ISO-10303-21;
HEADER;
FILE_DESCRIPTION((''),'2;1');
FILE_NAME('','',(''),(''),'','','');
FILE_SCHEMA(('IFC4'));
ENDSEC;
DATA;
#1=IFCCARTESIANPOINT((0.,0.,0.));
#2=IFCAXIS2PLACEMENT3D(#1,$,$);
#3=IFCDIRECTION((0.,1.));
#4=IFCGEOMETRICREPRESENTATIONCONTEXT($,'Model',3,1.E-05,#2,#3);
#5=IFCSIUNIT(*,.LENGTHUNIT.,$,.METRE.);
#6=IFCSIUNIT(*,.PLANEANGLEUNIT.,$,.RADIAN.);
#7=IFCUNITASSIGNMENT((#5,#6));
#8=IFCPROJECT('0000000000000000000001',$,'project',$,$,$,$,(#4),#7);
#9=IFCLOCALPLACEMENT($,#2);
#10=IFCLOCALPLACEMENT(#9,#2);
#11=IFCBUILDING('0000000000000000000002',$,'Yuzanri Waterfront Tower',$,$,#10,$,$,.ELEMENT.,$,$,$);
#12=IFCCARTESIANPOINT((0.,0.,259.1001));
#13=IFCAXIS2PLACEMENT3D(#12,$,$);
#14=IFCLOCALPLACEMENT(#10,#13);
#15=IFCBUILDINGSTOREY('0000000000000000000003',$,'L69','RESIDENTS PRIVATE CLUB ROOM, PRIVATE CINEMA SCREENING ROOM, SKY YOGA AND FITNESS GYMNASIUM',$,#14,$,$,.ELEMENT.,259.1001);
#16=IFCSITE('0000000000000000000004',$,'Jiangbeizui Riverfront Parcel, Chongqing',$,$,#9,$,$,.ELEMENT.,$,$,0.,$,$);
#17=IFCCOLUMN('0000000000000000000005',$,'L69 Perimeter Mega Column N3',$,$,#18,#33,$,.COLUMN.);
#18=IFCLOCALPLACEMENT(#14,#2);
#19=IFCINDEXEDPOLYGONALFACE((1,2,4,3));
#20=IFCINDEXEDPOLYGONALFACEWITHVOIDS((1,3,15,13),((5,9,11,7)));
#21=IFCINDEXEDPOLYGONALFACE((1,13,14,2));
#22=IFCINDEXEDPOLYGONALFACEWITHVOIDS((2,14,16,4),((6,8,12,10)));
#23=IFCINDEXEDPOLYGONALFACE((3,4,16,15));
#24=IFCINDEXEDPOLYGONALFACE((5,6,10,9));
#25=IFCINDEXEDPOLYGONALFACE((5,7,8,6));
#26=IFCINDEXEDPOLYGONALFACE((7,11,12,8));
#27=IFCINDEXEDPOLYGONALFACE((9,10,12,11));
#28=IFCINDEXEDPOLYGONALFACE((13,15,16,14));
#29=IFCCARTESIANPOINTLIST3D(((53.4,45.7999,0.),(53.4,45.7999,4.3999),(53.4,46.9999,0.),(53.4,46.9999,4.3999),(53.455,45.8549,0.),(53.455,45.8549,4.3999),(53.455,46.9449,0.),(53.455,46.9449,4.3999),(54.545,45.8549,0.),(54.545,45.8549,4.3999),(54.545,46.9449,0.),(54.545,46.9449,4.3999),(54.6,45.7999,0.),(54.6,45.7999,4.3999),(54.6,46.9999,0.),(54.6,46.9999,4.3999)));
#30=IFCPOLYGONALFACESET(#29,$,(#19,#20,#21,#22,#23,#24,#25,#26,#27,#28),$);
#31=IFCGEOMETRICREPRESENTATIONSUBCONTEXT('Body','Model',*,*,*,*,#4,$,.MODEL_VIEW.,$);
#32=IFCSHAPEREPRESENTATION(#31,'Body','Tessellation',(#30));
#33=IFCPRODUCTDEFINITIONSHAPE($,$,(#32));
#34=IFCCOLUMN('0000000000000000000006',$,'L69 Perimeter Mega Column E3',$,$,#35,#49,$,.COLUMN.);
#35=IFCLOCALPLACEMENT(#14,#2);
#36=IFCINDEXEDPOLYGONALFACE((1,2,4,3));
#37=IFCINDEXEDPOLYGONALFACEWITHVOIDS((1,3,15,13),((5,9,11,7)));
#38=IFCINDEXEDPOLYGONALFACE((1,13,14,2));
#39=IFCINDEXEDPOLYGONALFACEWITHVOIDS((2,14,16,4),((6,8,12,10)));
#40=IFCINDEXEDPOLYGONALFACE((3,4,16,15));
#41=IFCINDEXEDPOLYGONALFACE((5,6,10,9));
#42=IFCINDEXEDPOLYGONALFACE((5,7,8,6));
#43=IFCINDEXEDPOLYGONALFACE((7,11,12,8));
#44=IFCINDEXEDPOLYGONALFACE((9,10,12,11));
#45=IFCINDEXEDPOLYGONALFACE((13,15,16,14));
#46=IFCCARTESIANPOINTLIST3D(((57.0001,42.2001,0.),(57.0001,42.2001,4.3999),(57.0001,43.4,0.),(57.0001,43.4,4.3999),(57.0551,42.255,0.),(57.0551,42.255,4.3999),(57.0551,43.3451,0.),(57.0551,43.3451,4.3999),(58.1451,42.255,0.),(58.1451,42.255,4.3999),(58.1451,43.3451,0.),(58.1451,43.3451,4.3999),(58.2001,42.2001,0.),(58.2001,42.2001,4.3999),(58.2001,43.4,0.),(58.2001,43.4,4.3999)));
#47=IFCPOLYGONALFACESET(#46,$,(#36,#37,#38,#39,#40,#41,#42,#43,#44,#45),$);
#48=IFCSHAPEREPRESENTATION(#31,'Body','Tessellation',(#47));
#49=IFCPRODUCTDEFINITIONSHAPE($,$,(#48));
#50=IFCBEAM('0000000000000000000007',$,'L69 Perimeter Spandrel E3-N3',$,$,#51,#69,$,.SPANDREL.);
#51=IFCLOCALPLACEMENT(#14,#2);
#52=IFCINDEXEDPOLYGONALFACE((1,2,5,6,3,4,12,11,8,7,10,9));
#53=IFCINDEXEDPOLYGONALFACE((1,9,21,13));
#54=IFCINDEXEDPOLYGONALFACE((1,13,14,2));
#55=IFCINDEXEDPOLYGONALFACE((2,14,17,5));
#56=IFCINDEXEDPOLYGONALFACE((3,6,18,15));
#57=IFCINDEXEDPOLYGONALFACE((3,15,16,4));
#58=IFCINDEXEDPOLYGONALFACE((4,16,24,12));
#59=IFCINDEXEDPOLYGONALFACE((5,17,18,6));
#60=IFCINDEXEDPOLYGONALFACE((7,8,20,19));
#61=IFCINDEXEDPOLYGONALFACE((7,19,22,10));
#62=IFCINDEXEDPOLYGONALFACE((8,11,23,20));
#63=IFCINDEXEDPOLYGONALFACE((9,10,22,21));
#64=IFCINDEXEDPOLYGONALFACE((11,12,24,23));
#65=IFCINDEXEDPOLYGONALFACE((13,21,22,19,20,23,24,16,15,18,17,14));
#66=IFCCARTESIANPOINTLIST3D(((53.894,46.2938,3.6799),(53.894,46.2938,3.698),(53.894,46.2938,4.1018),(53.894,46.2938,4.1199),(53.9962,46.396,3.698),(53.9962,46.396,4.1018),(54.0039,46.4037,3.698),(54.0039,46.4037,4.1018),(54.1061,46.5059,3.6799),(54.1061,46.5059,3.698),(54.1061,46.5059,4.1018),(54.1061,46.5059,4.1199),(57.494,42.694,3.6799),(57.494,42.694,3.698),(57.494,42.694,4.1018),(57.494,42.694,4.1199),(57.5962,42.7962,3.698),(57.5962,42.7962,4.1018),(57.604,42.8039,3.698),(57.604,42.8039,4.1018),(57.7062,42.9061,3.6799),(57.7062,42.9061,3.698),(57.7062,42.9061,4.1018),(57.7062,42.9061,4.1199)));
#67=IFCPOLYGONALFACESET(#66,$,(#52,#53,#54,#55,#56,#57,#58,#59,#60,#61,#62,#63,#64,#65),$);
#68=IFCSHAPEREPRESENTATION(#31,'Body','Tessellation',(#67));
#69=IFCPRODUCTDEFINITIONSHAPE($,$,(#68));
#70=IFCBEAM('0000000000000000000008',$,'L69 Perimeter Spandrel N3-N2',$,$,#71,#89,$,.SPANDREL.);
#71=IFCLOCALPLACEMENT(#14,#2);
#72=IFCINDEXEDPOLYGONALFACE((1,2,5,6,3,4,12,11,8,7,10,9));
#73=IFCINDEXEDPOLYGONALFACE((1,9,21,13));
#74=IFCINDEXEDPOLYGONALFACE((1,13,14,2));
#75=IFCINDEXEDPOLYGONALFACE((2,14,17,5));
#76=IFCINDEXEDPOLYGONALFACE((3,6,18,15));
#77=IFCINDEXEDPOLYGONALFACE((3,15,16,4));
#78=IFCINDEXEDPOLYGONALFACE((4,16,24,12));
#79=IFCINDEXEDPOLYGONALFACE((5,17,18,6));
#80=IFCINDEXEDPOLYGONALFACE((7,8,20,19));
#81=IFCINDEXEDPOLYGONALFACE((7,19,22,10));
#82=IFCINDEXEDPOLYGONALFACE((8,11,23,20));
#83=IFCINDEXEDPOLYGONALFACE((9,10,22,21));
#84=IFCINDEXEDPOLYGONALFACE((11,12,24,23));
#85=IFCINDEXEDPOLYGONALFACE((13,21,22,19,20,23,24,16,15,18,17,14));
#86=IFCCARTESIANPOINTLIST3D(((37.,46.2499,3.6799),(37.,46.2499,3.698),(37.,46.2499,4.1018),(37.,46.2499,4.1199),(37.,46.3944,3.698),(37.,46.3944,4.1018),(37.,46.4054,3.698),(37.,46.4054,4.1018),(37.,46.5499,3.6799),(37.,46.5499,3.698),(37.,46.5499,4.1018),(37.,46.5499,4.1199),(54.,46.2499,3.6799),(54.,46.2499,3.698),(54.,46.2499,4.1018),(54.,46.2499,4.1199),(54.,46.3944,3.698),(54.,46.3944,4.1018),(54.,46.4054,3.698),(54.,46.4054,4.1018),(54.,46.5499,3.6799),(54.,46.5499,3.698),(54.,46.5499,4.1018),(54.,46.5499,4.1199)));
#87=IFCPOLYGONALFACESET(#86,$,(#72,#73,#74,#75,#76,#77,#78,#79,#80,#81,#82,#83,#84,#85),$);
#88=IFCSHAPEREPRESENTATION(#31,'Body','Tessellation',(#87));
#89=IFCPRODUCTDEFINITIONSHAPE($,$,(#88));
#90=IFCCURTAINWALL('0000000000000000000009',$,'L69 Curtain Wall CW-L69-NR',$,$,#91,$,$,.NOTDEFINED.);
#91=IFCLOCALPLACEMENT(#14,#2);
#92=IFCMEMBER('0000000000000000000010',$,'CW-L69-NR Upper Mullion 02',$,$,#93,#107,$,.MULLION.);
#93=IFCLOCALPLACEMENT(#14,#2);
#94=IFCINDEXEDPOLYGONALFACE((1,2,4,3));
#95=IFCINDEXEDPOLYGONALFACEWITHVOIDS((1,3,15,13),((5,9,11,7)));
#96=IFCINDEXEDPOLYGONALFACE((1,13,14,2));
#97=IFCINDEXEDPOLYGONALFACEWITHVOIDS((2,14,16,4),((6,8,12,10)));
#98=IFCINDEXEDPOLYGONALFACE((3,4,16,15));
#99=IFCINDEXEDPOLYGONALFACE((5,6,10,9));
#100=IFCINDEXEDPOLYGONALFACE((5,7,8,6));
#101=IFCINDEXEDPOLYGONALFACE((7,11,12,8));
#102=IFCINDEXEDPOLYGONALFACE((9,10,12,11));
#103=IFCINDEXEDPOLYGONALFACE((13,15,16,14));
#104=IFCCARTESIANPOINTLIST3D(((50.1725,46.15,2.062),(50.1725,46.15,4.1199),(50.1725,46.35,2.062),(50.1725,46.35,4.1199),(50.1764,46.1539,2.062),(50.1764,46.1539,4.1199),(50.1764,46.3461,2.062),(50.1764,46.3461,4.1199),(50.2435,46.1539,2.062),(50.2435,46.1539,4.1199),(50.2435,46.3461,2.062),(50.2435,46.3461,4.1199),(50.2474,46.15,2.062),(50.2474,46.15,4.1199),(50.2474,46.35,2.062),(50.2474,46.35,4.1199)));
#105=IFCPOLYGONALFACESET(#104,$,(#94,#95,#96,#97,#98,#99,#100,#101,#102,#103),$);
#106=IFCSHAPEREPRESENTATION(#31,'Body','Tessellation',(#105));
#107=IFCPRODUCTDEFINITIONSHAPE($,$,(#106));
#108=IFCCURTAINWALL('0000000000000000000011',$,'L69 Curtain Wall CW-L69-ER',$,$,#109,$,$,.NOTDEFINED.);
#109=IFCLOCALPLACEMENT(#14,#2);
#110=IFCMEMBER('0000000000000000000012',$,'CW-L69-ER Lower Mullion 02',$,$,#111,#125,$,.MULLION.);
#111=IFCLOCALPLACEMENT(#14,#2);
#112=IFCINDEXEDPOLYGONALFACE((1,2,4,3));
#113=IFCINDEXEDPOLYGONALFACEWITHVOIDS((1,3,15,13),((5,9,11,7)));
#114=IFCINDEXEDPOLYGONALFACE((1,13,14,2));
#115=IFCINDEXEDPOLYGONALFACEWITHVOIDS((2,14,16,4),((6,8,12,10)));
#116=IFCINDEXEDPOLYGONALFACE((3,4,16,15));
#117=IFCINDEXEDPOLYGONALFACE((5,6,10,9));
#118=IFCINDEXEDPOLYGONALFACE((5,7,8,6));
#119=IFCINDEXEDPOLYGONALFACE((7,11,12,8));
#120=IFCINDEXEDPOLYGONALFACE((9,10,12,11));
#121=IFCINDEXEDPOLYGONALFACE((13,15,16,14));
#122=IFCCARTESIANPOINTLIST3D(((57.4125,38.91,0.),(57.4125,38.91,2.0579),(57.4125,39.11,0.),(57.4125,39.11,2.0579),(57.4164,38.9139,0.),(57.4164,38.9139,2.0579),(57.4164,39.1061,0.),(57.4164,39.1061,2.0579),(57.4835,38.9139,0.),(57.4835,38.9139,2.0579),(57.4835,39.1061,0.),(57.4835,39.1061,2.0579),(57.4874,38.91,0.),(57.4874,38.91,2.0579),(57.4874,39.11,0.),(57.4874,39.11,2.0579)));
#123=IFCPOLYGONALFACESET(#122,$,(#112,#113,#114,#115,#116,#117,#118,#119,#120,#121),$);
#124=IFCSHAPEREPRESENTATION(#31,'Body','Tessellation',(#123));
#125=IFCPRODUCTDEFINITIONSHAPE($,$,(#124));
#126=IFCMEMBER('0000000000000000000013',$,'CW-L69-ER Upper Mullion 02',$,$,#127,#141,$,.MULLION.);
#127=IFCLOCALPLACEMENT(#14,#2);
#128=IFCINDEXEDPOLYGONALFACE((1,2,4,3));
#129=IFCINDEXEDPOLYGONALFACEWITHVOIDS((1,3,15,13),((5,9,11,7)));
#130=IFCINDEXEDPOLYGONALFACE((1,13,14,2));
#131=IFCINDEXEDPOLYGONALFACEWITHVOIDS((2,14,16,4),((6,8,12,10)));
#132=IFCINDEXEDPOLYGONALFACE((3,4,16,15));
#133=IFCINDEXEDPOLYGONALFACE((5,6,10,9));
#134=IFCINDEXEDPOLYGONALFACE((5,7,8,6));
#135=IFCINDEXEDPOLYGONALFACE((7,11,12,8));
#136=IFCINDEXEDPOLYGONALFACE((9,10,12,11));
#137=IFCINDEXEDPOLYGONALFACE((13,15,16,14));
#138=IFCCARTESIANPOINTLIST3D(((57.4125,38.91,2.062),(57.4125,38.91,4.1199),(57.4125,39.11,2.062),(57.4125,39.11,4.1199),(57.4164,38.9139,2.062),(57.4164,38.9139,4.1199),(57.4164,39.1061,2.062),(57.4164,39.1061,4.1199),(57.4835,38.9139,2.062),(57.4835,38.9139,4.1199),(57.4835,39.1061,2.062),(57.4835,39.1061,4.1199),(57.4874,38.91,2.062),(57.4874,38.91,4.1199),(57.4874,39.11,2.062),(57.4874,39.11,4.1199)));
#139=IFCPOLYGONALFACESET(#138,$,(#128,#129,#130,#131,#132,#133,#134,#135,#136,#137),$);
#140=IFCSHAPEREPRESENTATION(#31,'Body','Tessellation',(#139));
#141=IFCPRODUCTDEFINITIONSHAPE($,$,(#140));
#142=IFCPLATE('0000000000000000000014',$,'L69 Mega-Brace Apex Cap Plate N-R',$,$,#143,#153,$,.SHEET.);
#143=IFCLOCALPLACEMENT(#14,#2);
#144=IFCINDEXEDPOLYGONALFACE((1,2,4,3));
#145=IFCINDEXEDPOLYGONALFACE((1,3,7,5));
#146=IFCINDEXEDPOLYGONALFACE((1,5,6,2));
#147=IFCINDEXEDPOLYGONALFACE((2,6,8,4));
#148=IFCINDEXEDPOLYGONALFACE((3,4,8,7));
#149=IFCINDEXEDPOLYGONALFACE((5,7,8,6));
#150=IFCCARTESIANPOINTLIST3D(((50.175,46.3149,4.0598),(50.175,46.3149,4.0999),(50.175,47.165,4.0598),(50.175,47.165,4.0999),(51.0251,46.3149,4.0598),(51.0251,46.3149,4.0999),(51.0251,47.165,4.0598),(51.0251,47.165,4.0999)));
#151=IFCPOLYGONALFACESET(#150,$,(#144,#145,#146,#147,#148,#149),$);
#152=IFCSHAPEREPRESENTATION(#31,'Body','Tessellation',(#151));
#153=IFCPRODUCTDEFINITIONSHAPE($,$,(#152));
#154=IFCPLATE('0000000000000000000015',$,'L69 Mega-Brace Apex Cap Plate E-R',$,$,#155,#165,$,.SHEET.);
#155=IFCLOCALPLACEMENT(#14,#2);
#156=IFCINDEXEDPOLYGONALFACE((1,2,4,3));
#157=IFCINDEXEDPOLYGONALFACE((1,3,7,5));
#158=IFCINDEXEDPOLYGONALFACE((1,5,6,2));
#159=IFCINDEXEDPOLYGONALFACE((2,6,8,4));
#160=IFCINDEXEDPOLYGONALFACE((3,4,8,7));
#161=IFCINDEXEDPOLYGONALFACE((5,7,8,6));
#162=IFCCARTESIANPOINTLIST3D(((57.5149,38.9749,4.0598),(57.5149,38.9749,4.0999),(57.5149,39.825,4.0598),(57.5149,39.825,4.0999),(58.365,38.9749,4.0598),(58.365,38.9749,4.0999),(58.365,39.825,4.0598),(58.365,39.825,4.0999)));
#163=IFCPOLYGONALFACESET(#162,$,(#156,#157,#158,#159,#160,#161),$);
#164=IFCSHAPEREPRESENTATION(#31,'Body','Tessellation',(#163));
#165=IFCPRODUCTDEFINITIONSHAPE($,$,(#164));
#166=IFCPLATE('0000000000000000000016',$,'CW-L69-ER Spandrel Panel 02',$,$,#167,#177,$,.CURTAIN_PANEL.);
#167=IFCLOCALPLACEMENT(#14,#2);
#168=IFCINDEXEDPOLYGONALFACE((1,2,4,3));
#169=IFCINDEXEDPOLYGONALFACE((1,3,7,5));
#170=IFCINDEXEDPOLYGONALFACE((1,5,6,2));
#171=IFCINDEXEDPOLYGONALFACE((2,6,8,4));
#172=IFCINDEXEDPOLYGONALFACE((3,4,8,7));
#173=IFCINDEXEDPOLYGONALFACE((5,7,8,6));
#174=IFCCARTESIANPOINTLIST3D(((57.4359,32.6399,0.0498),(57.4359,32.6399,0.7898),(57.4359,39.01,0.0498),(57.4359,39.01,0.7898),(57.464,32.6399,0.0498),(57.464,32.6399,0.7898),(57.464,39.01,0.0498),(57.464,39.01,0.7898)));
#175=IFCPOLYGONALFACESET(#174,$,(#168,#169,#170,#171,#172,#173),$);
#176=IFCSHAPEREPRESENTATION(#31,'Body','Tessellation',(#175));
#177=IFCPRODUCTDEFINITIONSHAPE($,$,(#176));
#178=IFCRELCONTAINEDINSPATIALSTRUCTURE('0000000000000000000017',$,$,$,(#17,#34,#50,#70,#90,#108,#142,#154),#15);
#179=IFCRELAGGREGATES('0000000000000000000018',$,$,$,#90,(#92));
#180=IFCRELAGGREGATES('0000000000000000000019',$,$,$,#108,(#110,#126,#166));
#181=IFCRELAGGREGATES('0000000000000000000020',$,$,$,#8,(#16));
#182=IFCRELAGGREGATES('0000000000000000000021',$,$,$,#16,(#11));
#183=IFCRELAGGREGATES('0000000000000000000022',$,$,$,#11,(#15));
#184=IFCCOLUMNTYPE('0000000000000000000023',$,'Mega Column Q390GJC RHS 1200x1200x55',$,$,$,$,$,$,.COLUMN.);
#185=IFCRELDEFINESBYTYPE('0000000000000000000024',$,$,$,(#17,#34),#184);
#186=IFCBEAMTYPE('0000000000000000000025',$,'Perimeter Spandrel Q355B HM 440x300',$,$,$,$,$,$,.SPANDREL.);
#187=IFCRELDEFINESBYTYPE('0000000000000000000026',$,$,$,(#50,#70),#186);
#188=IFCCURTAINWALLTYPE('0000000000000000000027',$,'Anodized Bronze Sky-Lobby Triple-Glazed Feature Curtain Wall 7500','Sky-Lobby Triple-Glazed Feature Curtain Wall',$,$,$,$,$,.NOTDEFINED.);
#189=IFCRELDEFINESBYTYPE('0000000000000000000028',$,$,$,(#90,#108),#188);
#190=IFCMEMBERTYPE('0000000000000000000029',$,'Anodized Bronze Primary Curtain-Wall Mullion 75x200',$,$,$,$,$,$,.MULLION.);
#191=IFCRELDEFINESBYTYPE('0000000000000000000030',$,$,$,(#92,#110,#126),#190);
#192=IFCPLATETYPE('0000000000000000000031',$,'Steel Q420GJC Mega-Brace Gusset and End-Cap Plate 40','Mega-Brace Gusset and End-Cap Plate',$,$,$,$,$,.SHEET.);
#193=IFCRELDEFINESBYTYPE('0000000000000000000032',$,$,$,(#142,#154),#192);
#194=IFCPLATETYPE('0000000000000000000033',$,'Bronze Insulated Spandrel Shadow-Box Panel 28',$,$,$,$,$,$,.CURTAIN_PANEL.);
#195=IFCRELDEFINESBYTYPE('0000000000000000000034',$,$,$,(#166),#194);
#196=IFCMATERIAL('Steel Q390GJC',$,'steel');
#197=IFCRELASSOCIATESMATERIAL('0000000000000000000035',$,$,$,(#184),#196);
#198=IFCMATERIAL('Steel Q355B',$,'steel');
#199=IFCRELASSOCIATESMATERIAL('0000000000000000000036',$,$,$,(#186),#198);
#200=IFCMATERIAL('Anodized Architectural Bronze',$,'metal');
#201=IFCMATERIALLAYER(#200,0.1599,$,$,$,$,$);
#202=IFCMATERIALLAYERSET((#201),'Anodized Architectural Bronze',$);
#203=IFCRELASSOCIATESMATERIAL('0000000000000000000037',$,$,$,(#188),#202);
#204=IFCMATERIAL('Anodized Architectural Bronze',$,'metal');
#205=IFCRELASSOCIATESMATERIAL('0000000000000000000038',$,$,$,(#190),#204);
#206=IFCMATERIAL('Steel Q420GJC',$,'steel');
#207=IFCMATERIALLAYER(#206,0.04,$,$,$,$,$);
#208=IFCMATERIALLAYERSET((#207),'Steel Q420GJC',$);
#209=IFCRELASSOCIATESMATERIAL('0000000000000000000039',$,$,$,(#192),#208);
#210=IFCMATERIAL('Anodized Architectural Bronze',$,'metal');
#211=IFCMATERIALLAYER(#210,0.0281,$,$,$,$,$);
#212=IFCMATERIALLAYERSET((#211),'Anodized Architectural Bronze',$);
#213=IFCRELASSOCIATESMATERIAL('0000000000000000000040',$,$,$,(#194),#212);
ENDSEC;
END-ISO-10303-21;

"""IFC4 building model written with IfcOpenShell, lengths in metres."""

from ifc_helpers import new_model, si_unit, direction, frame, origin, origin_2d, place, context, subcontext, project, spatial, rectangle, hollow_rectangle, i_section, extrude, source, transform, mapped, material, layer, layer_set, material_profile, profile_set, type_object, element, aggregate, save


model = new_model("IFC4")

# Units and contexts
model_context = context("Model", 3, precision=1e-05, world=origin(), true_north=direction((0.0, 1.0)))
body_context = subcontext(model_context, "Body", "Model", "MODEL_VIEW")
ifc_project = project(units=[si_unit("LENGTHUNIT", "METRE"), si_unit("PLANEANGLEUNIT", "RADIAN")], contexts=[model_context])

# Site, building, storey
site_placement = place(None, origin())
site = spatial("IfcSite", under=ifc_project, at=site_placement, Name="Jiangbeizui Riverfront Parcel, Chongqing", CompositionType="ELEMENT", RefElevation=0.0)
building_placement = place(site_placement, origin())
building = spatial("IfcBuilding", under=site, at=building_placement, Name="Yuzanri Waterfront Tower", CompositionType="ELEMENT")
storey_placement = place(building_placement, frame((0.0, 0.0, 259.1001)))
storey = spatial("IfcBuildingStorey", under=building, at=storey_placement, Name="L69", Description="RESIDENTS PRIVATE CLUB ROOM, PRIVATE CINEMA SCREENING ROOM, SKY YOGA AND FITNESS GYMNASIUM", CompositionType="ELEMENT", Elevation=259.1001)

# Columns
ifc_material_1 = material(Name="Steel Q390GJC", Category="steel")
ifc_material_profile_1 = material_profile(ifc_material_1, hollow_rectangle(XDim=1.2, YDim=1.2, WallThickness=0.0549, at=origin_2d()), Name="RHS 1200x1200x55")
ifc_profile_set_1 = profile_set([ifc_material_profile_1], Name="Steel Q390GJC")
column_type = type_object("IfcColumnType", Name="Mega Column Q390GJC RHS 1200x1200x55", PredefinedType="COLUMN", material=ifc_profile_set_1)
shared_shape_1 = source(origin(), body_context, "Body", "SweptSolid", [
    extrude(hollow_rectangle(XDim=1.2, YDim=1.2, WallThickness=0.0549, at=origin_2d()), origin(), (0.0, 0.0, 1.0), 4.3999),
])
for number, where, z_axis, x_axis, name in (
    (1, (54.0, 46.3999, 0.0), (0.0, 0.0, 1.0), (1.0, 0.0, 0.0), "L69 Perimeter Mega Column N3"),
    (2, (57.6001, 42.8, 0.0), (0.0, 0.0, 1.0), (1.0, 0.0, 0.0), "L69 Perimeter Mega Column E3"),
):
    element("IfcColumn", number, at=place(storey_placement, frame(where, z_axis=z_axis, x_axis=x_axis)), inside=storey, type_object=column_type, Name=name, PredefinedType="COLUMN", context=body_context, shape_type="MappedRepresentation", body=[
        mapped(shared_shape_1, transform((0.0, 0.0, 0.0), scale=1.0)),
    ])

# Beams
ifc_material_2 = material(Name="Steel Q355B", Category="steel")
ifc_material_profile_2 = material_profile(ifc_material_2, i_section(OverallWidth=0.3, OverallDepth=0.4399, WebThickness=0.011, FlangeThickness=0.0181, at=origin_2d()), Name="HM 440x300x11x18")
ifc_profile_set_2 = profile_set([ifc_material_profile_2], Name="Steel Q355B")
beam_type = type_object("IfcBeamType", Name="Perimeter Spandrel Q355B HM 440x300", PredefinedType="SPANDREL", material=ifc_profile_set_2)
shared_shape_2 = source(origin(), body_context, "Body", "SweptSolid", [
    extrude(i_section(OverallWidth=0.3, OverallDepth=0.4399, WebThickness=0.011, FlangeThickness=0.0181, at=origin_2d()), origin(), (0.0, 0.0, 1.0), 5.0911),
])
beam_1_placement = place(storey_placement, frame((57.6001, 42.8, 3.8999), z_axis=(-0.707131, 0.707083, 0.0), x_axis=(-0.707083, -0.707131, 0.0)))
element("IfcBeam", 3, at=beam_1_placement, inside=storey, type_object=beam_type, Name="L69 Perimeter Spandrel E3-N3", PredefinedType="SPANDREL", context=body_context, shape_type="MappedRepresentation", body=[
    mapped(shared_shape_2, transform((0.0, 0.0, 0.0), scale=1.0)),
])
shared_shape_3 = source(origin(), body_context, "Body", "SweptSolid", [
    extrude(i_section(OverallWidth=0.3, OverallDepth=0.4399, WebThickness=0.011, FlangeThickness=0.0181, at=origin_2d()), origin(), (0.0, 0.0, 1.0), 17.0),
])
beam_2_placement = place(storey_placement, frame((54.0, 46.3999, 3.8999), z_axis=(-1.0, 0.0, 0.0), x_axis=(0.0, -1.0, 0.0)))
element("IfcBeam", 4, at=beam_2_placement, inside=storey, type_object=beam_type, Name="L69 Perimeter Spandrel N3-N2", PredefinedType="SPANDREL", context=body_context, shape_type="MappedRepresentation", body=[
    mapped(shared_shape_3, transform((0.0, 0.0, 0.0), scale=1.0)),
])

# Curtain wall, member
ifc_material_3 = material(Name="Anodized Architectural Bronze", Category="metal")
ifc_layer_1 = layer(ifc_material_3, 0.1599)
ifc_layer_set_1 = layer_set([ifc_layer_1], Name="Anodized Architectural Bronze")
curtain_wall_type = type_object("IfcCurtainWallType", Name="Anodized Bronze Sky-Lobby Triple-Glazed Feature Curtain Wall 7500", Description="Sky-Lobby Triple-Glazed Feature Curtain Wall", PredefinedType="NOTDEFINED", material=ifc_layer_set_1)
curtain_wall_1_placement = place(storey_placement, origin())
curtain_wall_1 = element("IfcCurtainWall", 5, at=curtain_wall_1_placement, inside=storey, type_object=curtain_wall_type, Name="L69 Curtain Wall CW-L69-NR", PredefinedType="NOTDEFINED")
ifc_material_4 = material(Name="Anodized Architectural Bronze", Category="metal")
ifc_material_profile_3 = material_profile(ifc_material_4, hollow_rectangle(XDim=0.075, YDim=0.2, WallThickness=0.0039, at=origin_2d()), Name="CWM 75x200")
ifc_profile_set_3 = profile_set([ifc_material_profile_3], Name="Anodized Architectural Bronze")
member_type = type_object("IfcMemberType", Name="Anodized Bronze Primary Curtain-Wall Mullion 75x200", PredefinedType="MULLION", material=ifc_profile_set_3)
shared_shape_4 = source(origin(), body_context, "Body", "SweptSolid", [
    extrude(hollow_rectangle(XDim=0.075, YDim=0.2, WallThickness=0.0039, at=origin_2d()), origin(), (0.0, 0.0, 1.0), 2.0579),
])
member_1_placement = place(storey_placement, frame((50.21, 46.25, 2.062), z_axis=(0.0, 0.0, 1.0), x_axis=(1.0, 0.0, 0.0)))
member_1 = element("IfcMember", 6, at=member_1_placement, type_object=member_type, Name="CW-L69-NR Upper Mullion 02", PredefinedType="MULLION", context=body_context, shape_type="MappedRepresentation", body=[
    mapped(shared_shape_4, transform((0.0, 0.0, 0.0), scale=1.0)),
])
aggregate(curtain_wall_1, [member_1])

# Curtain wall, members
curtain_wall_2_placement = place(storey_placement, origin())
curtain_wall_2 = element("IfcCurtainWall", 7, at=curtain_wall_2_placement, inside=storey, type_object=curtain_wall_type, Name="L69 Curtain Wall CW-L69-ER", PredefinedType="NOTDEFINED")
member_2_placement = place(storey_placement, frame((57.45, 39.01, 0.0), z_axis=(0.0, 0.0, 1.0), x_axis=(1.0, 0.0, 0.0)))
member_2 = element("IfcMember", 8, at=member_2_placement, type_object=member_type, Name="CW-L69-ER Lower Mullion 02", PredefinedType="MULLION", context=body_context, shape_type="MappedRepresentation", body=[
    mapped(shared_shape_4, transform((0.0, 0.0, 0.0), scale=1.0)),
])
member_3_placement = place(storey_placement, frame((57.45, 39.01, 2.062), z_axis=(0.0, 0.0, 1.0), x_axis=(1.0, 0.0, 0.0)))
member_3 = element("IfcMember", 9, at=member_3_placement, type_object=member_type, Name="CW-L69-ER Upper Mullion 02", PredefinedType="MULLION", context=body_context, shape_type="MappedRepresentation", body=[
    mapped(shared_shape_4, transform((0.0, 0.0, 0.0), scale=1.0)),
])

# Plates
ifc_material_5 = material(Name="Steel Q420GJC", Category="steel")
ifc_layer_2 = layer(ifc_material_5, 0.04)
ifc_layer_set_2 = layer_set([ifc_layer_2], Name="Steel Q420GJC")
plate_type_1 = type_object("IfcPlateType", Name="Steel Q420GJC Mega-Brace Gusset and End-Cap Plate 40", Description="Mega-Brace Gusset and End-Cap Plate", PredefinedType="SHEET", material=ifc_layer_set_2)
shared_shape_5 = source(origin(), body_context, "Body", "SweptSolid", [
    extrude(rectangle(XDim=0.8501, YDim=0.8501, at=origin_2d()), origin(), (0.0, 0.0, 1.0), 0.04),
])
for number, where, z_axis, x_axis, name in (
    (10, (50.6001, 46.74, 4.0598), (0.0, 0.0, 1.0), (1.0, 0.0, 0.0), "L69 Mega-Brace Apex Cap Plate N-R"),
    (11, (57.9399, 39.3999, 4.0598), (0.0, 0.0, 1.0), (1.0, 0.0, 0.0), "L69 Mega-Brace Apex Cap Plate E-R"),
):
    element("IfcPlate", number, at=place(storey_placement, frame(where, z_axis=z_axis, x_axis=x_axis)), inside=storey, type_object=plate_type_1, Name=name, PredefinedType="SHEET", context=body_context, shape_type="MappedRepresentation", body=[
        mapped(shared_shape_5, transform((0.0, 0.0, 0.0), scale=1.0)),
    ])

# Plate
ifc_material_6 = material(Name="Anodized Architectural Bronze", Category="metal")
ifc_layer_3 = layer(ifc_material_6, 0.0281)
ifc_layer_set_3 = layer_set([ifc_layer_3], Name="Anodized Architectural Bronze")
plate_type_2 = type_object("IfcPlateType", Name="Bronze Insulated Spandrel Shadow-Box Panel 28", PredefinedType="CURTAIN_PANEL", material=ifc_layer_set_3)
shared_shape_6 = source(origin(), body_context, "Body", "SweptSolid", [
    extrude(rectangle(XDim=6.3701, YDim=0.0281, at=origin_2d()), origin(), (0.0, 0.0, 1.0), 0.74),
])
plate_1_placement = place(storey_placement, frame((57.45, 35.825, 0.0498), z_axis=(0.0, 0.0, 1.0), x_axis=(0.0, 1.0, 0.0)))
plate_1 = element("IfcPlate", 12, at=plate_1_placement, type_object=plate_type_2, Name="CW-L69-ER Spandrel Panel 02", PredefinedType="CURTAIN_PANEL", context=body_context, shape_type="MappedRepresentation", body=[
    mapped(shared_shape_6, transform((0.0, 0.0, 0.0), scale=1.0)),
])
aggregate(curtain_wall_2, [member_2, member_3, plate_1])

save(model, "model.ifc")
